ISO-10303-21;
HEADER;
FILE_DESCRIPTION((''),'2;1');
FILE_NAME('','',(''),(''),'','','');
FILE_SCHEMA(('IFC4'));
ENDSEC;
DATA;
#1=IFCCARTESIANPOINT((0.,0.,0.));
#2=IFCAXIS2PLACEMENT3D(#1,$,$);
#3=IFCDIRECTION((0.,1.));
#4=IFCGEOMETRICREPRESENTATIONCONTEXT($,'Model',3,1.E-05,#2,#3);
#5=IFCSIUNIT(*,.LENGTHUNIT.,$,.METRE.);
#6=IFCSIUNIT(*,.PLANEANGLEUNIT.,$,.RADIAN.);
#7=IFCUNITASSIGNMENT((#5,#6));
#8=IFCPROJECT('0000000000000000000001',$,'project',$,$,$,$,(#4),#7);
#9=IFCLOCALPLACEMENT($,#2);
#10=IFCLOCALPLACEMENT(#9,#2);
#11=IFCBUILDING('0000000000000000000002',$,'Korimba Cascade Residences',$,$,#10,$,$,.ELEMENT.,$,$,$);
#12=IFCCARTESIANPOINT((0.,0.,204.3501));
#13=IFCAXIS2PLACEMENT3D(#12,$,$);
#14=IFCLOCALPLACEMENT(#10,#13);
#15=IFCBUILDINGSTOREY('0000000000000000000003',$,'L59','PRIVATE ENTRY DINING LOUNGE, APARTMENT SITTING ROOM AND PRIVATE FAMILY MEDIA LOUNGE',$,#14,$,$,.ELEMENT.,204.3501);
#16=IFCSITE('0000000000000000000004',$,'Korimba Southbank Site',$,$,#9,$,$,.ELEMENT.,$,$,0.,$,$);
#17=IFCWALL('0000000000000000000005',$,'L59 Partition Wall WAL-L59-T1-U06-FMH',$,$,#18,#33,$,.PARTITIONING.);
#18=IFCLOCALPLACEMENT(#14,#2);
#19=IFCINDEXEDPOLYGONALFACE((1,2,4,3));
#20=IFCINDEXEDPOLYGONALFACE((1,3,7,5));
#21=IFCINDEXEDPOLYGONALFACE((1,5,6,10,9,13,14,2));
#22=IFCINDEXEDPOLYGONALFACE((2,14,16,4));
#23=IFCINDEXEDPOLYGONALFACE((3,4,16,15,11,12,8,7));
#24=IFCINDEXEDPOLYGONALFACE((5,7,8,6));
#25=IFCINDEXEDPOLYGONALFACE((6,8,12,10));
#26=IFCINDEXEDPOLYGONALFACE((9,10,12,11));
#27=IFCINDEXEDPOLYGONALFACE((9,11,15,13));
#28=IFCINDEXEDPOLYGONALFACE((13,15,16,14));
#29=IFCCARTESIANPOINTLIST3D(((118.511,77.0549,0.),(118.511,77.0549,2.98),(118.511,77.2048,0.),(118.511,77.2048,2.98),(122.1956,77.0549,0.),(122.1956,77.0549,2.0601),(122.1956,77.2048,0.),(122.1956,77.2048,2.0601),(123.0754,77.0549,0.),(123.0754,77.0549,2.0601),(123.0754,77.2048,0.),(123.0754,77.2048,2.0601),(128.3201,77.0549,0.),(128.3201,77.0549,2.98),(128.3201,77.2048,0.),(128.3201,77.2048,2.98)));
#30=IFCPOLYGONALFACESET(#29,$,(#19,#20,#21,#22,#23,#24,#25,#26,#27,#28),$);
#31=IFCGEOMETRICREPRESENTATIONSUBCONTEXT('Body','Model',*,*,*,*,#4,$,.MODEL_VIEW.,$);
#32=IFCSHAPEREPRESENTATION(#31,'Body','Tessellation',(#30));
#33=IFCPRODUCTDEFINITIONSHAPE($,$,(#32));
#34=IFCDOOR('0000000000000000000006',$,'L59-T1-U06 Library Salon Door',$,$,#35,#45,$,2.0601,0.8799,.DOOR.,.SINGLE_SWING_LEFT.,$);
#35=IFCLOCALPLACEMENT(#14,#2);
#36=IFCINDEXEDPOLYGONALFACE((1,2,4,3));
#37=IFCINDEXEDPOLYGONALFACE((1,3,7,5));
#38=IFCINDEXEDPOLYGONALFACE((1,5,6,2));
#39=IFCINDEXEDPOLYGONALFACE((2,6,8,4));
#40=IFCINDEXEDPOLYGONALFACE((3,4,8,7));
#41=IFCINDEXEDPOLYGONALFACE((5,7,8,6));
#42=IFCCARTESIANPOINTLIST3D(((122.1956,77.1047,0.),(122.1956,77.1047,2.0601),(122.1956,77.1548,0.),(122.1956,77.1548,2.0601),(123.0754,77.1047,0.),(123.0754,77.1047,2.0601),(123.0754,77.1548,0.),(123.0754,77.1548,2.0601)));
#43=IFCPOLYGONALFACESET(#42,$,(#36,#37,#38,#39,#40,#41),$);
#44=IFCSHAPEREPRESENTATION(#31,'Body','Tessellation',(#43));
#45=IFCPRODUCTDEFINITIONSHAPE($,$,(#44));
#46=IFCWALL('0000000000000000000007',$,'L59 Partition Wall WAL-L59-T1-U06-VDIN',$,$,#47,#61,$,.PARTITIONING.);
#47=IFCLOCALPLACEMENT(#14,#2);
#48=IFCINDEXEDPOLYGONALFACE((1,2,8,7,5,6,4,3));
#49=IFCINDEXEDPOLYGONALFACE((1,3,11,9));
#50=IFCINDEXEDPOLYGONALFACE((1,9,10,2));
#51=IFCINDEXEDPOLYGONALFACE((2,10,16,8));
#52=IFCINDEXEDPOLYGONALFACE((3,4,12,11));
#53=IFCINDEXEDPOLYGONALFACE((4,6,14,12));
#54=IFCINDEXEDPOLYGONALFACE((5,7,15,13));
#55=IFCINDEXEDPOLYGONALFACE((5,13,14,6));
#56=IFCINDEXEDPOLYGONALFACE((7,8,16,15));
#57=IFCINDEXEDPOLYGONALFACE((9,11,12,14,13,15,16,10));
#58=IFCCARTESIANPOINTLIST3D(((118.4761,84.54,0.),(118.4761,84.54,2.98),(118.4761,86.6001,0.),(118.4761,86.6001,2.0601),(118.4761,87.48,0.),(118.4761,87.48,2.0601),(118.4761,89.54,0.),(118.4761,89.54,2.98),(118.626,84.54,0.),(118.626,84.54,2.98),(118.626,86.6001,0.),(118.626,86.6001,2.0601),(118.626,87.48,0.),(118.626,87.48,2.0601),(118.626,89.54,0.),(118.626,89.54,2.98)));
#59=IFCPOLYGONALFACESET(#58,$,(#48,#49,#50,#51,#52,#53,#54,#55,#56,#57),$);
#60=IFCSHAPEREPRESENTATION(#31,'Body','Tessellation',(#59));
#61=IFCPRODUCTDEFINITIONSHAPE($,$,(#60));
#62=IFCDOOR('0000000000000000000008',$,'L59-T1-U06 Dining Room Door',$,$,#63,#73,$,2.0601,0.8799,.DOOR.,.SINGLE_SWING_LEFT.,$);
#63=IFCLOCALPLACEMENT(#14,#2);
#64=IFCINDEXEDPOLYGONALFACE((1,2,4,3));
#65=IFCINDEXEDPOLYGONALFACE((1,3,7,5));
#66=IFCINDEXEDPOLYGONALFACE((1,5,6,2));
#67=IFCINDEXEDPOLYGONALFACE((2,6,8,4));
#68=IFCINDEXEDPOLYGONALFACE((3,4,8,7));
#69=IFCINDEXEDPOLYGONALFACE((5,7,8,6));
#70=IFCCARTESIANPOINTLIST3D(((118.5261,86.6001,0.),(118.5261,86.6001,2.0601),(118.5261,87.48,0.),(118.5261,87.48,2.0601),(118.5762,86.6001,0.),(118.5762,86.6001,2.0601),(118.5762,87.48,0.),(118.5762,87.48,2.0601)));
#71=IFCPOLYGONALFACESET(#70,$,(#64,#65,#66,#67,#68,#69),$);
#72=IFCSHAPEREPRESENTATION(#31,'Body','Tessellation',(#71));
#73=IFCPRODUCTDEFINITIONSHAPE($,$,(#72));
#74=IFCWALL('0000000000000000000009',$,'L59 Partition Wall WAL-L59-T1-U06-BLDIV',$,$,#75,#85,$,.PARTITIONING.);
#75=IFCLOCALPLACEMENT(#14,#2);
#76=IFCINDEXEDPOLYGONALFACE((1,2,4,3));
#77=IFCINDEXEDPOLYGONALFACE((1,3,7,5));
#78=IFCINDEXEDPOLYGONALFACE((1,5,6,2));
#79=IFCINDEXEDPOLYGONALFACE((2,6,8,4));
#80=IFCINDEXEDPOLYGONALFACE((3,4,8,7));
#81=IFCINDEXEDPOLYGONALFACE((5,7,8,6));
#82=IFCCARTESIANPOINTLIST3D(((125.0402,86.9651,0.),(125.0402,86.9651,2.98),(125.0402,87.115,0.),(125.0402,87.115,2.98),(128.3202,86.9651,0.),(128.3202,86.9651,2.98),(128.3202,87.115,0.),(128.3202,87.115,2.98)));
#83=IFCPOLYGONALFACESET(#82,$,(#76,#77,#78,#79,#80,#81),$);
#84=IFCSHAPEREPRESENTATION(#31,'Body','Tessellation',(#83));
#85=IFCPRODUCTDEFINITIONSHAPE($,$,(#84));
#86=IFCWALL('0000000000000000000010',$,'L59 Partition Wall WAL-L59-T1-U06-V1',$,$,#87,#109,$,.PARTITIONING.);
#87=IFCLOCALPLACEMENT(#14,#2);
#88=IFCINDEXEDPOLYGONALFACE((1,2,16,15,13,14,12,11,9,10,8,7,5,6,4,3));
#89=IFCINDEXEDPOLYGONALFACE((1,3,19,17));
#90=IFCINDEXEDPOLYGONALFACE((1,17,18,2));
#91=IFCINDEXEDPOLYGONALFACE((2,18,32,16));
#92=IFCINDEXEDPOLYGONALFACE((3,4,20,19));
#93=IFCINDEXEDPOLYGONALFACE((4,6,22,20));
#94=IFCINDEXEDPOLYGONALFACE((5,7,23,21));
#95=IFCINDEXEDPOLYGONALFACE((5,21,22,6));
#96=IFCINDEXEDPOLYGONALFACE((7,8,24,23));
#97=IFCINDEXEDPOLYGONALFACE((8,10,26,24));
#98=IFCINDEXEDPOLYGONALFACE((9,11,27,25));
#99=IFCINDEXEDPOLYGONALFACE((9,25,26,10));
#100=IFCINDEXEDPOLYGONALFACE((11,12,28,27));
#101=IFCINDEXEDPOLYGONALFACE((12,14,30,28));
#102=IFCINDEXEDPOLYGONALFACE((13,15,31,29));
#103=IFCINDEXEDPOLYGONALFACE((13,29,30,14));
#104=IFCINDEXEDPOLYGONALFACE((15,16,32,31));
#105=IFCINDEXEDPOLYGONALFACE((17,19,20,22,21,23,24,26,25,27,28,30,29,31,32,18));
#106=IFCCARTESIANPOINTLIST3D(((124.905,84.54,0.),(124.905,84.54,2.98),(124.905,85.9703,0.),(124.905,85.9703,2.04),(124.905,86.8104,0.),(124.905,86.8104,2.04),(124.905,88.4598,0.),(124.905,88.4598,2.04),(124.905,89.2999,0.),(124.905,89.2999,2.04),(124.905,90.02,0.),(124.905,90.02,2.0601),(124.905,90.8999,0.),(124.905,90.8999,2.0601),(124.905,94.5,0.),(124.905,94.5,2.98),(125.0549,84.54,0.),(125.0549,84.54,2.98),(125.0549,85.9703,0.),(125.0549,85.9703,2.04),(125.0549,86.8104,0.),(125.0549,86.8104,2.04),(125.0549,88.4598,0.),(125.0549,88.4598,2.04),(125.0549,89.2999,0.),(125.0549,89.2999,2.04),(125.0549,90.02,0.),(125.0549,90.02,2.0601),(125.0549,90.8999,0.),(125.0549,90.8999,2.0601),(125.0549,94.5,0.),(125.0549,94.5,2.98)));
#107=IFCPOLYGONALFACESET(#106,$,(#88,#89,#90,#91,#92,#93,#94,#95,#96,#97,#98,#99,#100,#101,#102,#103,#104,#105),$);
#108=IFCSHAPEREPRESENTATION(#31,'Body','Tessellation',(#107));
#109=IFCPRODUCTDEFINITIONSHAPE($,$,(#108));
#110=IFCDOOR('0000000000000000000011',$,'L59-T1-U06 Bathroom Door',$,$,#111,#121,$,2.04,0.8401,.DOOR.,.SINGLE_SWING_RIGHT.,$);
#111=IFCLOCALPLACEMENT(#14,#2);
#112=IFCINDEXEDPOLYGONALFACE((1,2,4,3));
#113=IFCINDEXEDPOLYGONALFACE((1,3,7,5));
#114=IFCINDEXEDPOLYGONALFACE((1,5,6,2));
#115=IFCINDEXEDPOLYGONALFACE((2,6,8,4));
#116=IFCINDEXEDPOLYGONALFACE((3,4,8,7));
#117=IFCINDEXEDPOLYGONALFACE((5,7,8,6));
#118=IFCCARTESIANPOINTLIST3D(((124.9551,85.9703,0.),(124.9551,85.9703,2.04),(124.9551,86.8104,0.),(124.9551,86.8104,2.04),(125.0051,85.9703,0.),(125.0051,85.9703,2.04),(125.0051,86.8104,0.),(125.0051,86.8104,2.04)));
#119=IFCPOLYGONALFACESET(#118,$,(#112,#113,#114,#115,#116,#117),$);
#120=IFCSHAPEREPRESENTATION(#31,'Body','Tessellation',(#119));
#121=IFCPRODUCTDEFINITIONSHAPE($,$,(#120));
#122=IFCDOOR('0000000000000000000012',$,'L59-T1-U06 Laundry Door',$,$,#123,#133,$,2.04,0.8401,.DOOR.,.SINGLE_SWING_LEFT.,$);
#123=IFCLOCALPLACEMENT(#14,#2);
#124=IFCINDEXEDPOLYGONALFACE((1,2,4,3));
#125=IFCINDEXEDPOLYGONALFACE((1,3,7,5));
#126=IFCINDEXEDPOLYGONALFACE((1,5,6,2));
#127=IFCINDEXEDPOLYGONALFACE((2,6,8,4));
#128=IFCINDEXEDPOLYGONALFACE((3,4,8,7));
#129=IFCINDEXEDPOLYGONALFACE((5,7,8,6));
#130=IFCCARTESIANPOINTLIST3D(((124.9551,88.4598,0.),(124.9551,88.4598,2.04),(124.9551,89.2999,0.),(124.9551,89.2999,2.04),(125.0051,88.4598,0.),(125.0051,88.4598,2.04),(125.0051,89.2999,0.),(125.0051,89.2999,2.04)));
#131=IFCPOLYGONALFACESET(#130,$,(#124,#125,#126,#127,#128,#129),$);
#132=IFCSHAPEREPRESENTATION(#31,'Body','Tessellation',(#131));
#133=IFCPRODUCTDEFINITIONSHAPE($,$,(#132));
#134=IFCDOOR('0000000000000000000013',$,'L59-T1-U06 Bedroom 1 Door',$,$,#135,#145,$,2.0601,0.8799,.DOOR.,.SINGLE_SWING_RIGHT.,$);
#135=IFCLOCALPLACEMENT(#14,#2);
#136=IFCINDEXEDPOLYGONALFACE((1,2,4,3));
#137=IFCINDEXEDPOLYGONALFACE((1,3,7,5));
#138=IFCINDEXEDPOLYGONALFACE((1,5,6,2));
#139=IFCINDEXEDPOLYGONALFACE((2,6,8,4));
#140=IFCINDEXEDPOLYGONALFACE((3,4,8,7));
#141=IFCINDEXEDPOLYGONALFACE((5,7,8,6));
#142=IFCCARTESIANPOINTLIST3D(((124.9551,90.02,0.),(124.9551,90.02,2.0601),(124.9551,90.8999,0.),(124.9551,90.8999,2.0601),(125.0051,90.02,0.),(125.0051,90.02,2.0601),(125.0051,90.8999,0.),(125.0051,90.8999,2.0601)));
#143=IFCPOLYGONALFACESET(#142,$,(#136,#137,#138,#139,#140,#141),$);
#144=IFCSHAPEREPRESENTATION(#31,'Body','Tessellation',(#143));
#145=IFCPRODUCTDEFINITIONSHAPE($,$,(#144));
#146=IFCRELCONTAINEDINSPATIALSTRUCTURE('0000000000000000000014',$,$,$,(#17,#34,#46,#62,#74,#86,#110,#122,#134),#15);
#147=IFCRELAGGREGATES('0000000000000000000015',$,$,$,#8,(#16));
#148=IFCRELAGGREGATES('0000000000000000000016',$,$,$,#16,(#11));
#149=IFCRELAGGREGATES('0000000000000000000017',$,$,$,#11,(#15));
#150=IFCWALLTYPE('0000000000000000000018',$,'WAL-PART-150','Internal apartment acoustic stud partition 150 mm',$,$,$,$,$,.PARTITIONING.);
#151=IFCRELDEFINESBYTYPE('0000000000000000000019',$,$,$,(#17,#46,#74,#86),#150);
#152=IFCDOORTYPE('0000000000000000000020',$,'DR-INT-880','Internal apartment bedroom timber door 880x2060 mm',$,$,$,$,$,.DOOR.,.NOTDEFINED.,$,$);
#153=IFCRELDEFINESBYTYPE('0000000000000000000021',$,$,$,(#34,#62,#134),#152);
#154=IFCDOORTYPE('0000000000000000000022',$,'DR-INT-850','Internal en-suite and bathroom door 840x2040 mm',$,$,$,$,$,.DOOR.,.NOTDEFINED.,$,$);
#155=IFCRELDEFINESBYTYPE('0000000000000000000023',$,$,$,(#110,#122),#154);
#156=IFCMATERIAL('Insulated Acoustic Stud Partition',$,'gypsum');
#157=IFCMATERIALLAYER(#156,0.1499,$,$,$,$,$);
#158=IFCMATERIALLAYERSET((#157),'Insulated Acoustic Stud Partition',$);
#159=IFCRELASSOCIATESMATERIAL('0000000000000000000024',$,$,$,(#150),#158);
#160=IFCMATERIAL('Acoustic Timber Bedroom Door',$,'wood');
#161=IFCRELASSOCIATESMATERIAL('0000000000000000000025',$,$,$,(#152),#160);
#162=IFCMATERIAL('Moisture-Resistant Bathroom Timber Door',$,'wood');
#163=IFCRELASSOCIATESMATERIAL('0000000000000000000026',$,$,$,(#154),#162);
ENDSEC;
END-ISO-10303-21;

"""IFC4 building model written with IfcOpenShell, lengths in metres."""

from ifc_helpers import new_model, si_unit, direction, frame, frame_2d, origin, place, context, subcontext, project, spatial, rectangle, extrude, material, layer, layer_set, type_object, element, fill, save


model = new_model("IFC4")

# Units and contexts
model_context = context("Model", 3, precision=1e-05, world=origin(), true_north=direction((0.0, 1.0)))
body_context = subcontext(model_context, "Body", "Model", "MODEL_VIEW")
ifc_project = project(units=[si_unit("LENGTHUNIT", "METRE"), si_unit("PLANEANGLEUNIT", "RADIAN")], contexts=[model_context])

# Site, building, storey
site_placement = place(None, origin())
site = spatial("IfcSite", under=ifc_project, at=site_placement, Name="Korimba Southbank Site", CompositionType="ELEMENT", RefElevation=0.0)
building_placement = place(site_placement, origin())
building = spatial("IfcBuilding", under=site, at=building_placement, Name="Korimba Cascade Residences", CompositionType="ELEMENT")
storey_placement = place(building_placement, frame((0.0, 0.0, 204.3501)))
storey = spatial("IfcBuildingStorey", under=building, at=storey_placement, Name="L59", Description="PRIVATE ENTRY DINING LOUNGE, APARTMENT SITTING ROOM AND PRIVATE FAMILY MEDIA LOUNGE", CompositionType="ELEMENT", Elevation=204.3501)

# Walls, openings, doors
ifc_material_1 = material(Name="Insulated Acoustic Stud Partition", Category="gypsum")
ifc_layer = layer(ifc_material_1, 0.1499)
ifc_layer_set = layer_set([ifc_layer], Name="Insulated Acoustic Stud Partition")
wall_type = type_object("IfcWallType", Name="WAL-PART-150", Description="Internal apartment acoustic stud partition 150 mm", PredefinedType="PARTITIONING", material=ifc_layer_set)
wall_1_placement = place(storey_placement, frame((118.511, 77.1299, 0.0), z_axis=(0.0, 0.0, 1.0), x_axis=(1.0, 0.0, 0.0)))
wall_1 = element("IfcWall", 1, at=wall_1_placement, inside=storey, type_object=wall_type, Name="L59 Partition Wall WAL-L59-T1-U06-FMH", PredefinedType="PARTITIONING", context=body_context, shape_type="SweptSolid", body=[
    extrude(rectangle(XDim=9.8091, YDim=0.1499, at=frame_2d((4.9045, 0.0))), origin(), (0.0, 0.0, 1.0), 2.98),
])
opening_1_placement = place(wall_1_placement, frame((3.6846, 0.0, 0.0)))
opening_1 = element("IfcOpeningElement", 2, at=opening_1_placement, cuts=wall_1, PredefinedType="OPENING", context=body_context, shape_type="SweptSolid", body=[
    extrude(rectangle(XDim=0.8799, YDim=2.0601, at=frame_2d((0.4399, 1.03))), frame((0.0, 0.085, 0.0), z_axis=(0.0, -1.0, 0.0), x_axis=(1.0, 0.0, 0.0)), (0.0, 0.0, 1.0), 0.1699),
])
ifc_material_2 = material(Name="Acoustic Timber Bedroom Door", Category="wood")
door_type_1 = type_object("IfcDoorType", Name="DR-INT-880", Description="Internal apartment bedroom timber door 880x2060 mm", OperationType="NOTDEFINED", PredefinedType="DOOR", material=ifc_material_2)
door_1_placement = place(opening_1_placement, origin())
door_1 = element("IfcDoor", 3, at=door_1_placement, inside=storey, type_object=door_type_1, Name="L59-T1-U06 Library Salon Door", OperationType="SINGLE_SWING_LEFT", OverallHeight=2.0601, OverallWidth=0.8799, PredefinedType="DOOR", context=body_context, shape_type="SweptSolid", body=[
    extrude(rectangle(XDim=0.8799, YDim=2.0601, at=frame_2d((0.4399, 1.03))), frame((0.0, 0.0249, 0.0), z_axis=(0.0, -1.0, 0.0), x_axis=(1.0, 0.0, 0.0)), (0.0, 0.0, 1.0), 0.05),
])
fill(opening_1, door_1)
wall_2_placement = place(storey_placement, frame((118.551, 84.54, 0.0), z_axis=(0.0, 0.0, 1.0), x_axis=(0.0, 1.0, 0.0)))
wall_2 = element("IfcWall", 4, at=wall_2_placement, inside=storey, type_object=wall_type, Name="L59 Partition Wall WAL-L59-T1-U06-VDIN", PredefinedType="PARTITIONING", context=body_context, shape_type="SweptSolid", body=[
    extrude(rectangle(XDim=5.0, YDim=0.1499, at=frame_2d((2.5, 0.0))), origin(), (0.0, 0.0, 1.0), 2.98),
])
opening_2_placement = place(wall_2_placement, frame((2.0601, 0.0, 0.0)))
opening_2 = element("IfcOpeningElement", 5, at=opening_2_placement, cuts=wall_2, PredefinedType="OPENING", context=body_context, shape_type="SweptSolid", body=[
    extrude(rectangle(XDim=0.8799, YDim=2.0601, at=frame_2d((0.4399, 1.03))), frame((0.0, 0.085, 0.0), z_axis=(0.0, -1.0, 0.0), x_axis=(1.0, 0.0, 0.0)), (0.0, 0.0, 1.0), 0.1699),
])
door_2_placement = place(opening_2_placement, origin())
door_2 = element("IfcDoor", 6, at=door_2_placement, inside=storey, type_object=door_type_1, Name="L59-T1-U06 Dining Room Door", OperationType="SINGLE_SWING_LEFT", OverallHeight=2.0601, OverallWidth=0.8799, PredefinedType="DOOR", context=body_context, shape_type="SweptSolid", body=[
    extrude(rectangle(XDim=0.8799, YDim=2.0601, at=frame_2d((0.4399, 1.03))), frame((0.0, 0.0249, 0.0), z_axis=(0.0, -1.0, 0.0), x_axis=(1.0, 0.0, 0.0)), (0.0, 0.0, 1.0), 0.05),
])
fill(opening_2, door_2)

# Wall
wall_3_placement = place(storey_placement, frame((125.04, 87.04, 0.0), z_axis=(0.0, 0.0, 1.0), x_axis=(1.0, 0.0, 0.0)))
element("IfcWall", 7, at=wall_3_placement, inside=storey, type_object=wall_type, Name="L59 Partition Wall WAL-L59-T1-U06-BLDIV", PredefinedType="PARTITIONING", context=body_context, shape_type="SweptSolid", body=[
    extrude(rectangle(XDim=3.28, YDim=0.1499, at=frame_2d((1.6401, 0.0))), origin(), (0.0, 0.0, 1.0), 2.98),
])

# Wall, openings, doors
wall_4_placement = place(storey_placement, frame((124.98, 84.54, 0.0), z_axis=(0.0, 0.0, 1.0), x_axis=(0.0, 1.0, 0.0)))
wall_4 = element("IfcWall", 8, at=wall_4_placement, inside=storey, type_object=wall_type, Name="L59 Partition Wall WAL-L59-T1-U06-V1", PredefinedType="PARTITIONING", context=body_context, shape_type="SweptSolid", body=[
    extrude(rectangle(XDim=9.96, YDim=0.1499, at=frame_2d((4.98, 0.0))), origin(), (0.0, 0.0, 1.0), 2.98),
])
opening_3_placement = place(wall_4_placement, frame((1.4304, 0.0, 0.0)))
opening_3 = element("IfcOpeningElement", 9, at=opening_3_placement, cuts=wall_4, PredefinedType="OPENING", context=body_context, shape_type="SweptSolid", body=[
    extrude(rectangle(XDim=0.8401, YDim=2.04, at=frame_2d((0.4199, 1.02))), frame((0.0, 0.085, 0.0), z_axis=(0.0, -1.0, 0.0), x_axis=(1.0, 0.0, 0.0)), (0.0, 0.0, 1.0), 0.1699),
])
opening_4_placement = place(wall_4_placement, frame((3.9199, 0.0, 0.0)))
opening_4 = element("IfcOpeningElement", 10, at=opening_4_placement, cuts=wall_4, PredefinedType="OPENING", context=body_context, shape_type="SweptSolid", body=[
    extrude(rectangle(XDim=0.8401, YDim=2.04, at=frame_2d((0.4199, 1.02))), frame((0.0, 0.085, 0.0), z_axis=(0.0, -1.0, 0.0), x_axis=(1.0, 0.0, 0.0)), (0.0, 0.0, 1.0), 0.1699),
])
opening_5_placement = place(wall_4_placement, frame((5.48, 0.0, 0.0)))
opening_5 = element("IfcOpeningElement", 11, at=opening_5_placement, cuts=wall_4, PredefinedType="OPENING", context=body_context, shape_type="SweptSolid", body=[
    extrude(rectangle(XDim=0.8799, YDim=2.0601, at=frame_2d((0.4399, 1.03))), frame((0.0, 0.085, 0.0), z_axis=(0.0, -1.0, 0.0), x_axis=(1.0, 0.0, 0.0)), (0.0, 0.0, 1.0), 0.1699),
])
ifc_material_3 = material(Name="Moisture-Resistant Bathroom Timber Door", Category="wood")
door_type_2 = type_object("IfcDoorType", Name="DR-INT-850", Description="Internal en-suite and bathroom door 840x2040 mm", OperationType="NOTDEFINED", PredefinedType="DOOR", material=ifc_material_3)
door_3_placement = place(opening_3_placement, origin())
door_3 = element("IfcDoor", 12, at=door_3_placement, inside=storey, type_object=door_type_2, Name="L59-T1-U06 Bathroom Door", OperationType="SINGLE_SWING_RIGHT", OverallHeight=2.04, OverallWidth=0.8401, PredefinedType="DOOR", context=body_context, shape_type="SweptSolid", body=[
    extrude(rectangle(XDim=0.8401, YDim=2.04, at=frame_2d((0.4199, 1.02))), frame((0.0, 0.0249, 0.0), z_axis=(0.0, -1.0, 0.0), x_axis=(1.0, 0.0, 0.0)), (0.0, 0.0, 1.0), 0.05),
])
fill(opening_3, door_3)
door_4_placement = place(opening_4_placement, origin())
door_4 = element("IfcDoor", 13, at=door_4_placement, inside=storey, type_object=door_type_2, Name="L59-T1-U06 Laundry Door", OperationType="SINGLE_SWING_LEFT", OverallHeight=2.04, OverallWidth=0.8401, PredefinedType="DOOR", context=body_context, shape_type="SweptSolid", body=[
    extrude(rectangle(XDim=0.8401, YDim=2.04, at=frame_2d((0.4199, 1.02))), frame((0.0, 0.0249, 0.0), z_axis=(0.0, -1.0, 0.0), x_axis=(1.0, 0.0, 0.0)), (0.0, 0.0, 1.0), 0.05),
])
fill(opening_4, door_4)
door_5_placement = place(opening_5_placement, origin())
door_5 = element("IfcDoor", 14, at=door_5_placement, inside=storey, type_object=door_type_1, Name="L59-T1-U06 Bedroom 1 Door", OperationType="SINGLE_SWING_RIGHT", OverallHeight=2.0601, OverallWidth=0.8799, PredefinedType="DOOR", context=body_context, shape_type="SweptSolid", body=[
    extrude(rectangle(XDim=0.8799, YDim=2.0601, at=frame_2d((0.4399, 1.03))), frame((0.0, 0.0249, 0.0), z_axis=(0.0, -1.0, 0.0), x_axis=(1.0, 0.0, 0.0)), (0.0, 0.0, 1.0), 0.05),
])
fill(opening_5, door_5)

save(model, "model.ifc")
